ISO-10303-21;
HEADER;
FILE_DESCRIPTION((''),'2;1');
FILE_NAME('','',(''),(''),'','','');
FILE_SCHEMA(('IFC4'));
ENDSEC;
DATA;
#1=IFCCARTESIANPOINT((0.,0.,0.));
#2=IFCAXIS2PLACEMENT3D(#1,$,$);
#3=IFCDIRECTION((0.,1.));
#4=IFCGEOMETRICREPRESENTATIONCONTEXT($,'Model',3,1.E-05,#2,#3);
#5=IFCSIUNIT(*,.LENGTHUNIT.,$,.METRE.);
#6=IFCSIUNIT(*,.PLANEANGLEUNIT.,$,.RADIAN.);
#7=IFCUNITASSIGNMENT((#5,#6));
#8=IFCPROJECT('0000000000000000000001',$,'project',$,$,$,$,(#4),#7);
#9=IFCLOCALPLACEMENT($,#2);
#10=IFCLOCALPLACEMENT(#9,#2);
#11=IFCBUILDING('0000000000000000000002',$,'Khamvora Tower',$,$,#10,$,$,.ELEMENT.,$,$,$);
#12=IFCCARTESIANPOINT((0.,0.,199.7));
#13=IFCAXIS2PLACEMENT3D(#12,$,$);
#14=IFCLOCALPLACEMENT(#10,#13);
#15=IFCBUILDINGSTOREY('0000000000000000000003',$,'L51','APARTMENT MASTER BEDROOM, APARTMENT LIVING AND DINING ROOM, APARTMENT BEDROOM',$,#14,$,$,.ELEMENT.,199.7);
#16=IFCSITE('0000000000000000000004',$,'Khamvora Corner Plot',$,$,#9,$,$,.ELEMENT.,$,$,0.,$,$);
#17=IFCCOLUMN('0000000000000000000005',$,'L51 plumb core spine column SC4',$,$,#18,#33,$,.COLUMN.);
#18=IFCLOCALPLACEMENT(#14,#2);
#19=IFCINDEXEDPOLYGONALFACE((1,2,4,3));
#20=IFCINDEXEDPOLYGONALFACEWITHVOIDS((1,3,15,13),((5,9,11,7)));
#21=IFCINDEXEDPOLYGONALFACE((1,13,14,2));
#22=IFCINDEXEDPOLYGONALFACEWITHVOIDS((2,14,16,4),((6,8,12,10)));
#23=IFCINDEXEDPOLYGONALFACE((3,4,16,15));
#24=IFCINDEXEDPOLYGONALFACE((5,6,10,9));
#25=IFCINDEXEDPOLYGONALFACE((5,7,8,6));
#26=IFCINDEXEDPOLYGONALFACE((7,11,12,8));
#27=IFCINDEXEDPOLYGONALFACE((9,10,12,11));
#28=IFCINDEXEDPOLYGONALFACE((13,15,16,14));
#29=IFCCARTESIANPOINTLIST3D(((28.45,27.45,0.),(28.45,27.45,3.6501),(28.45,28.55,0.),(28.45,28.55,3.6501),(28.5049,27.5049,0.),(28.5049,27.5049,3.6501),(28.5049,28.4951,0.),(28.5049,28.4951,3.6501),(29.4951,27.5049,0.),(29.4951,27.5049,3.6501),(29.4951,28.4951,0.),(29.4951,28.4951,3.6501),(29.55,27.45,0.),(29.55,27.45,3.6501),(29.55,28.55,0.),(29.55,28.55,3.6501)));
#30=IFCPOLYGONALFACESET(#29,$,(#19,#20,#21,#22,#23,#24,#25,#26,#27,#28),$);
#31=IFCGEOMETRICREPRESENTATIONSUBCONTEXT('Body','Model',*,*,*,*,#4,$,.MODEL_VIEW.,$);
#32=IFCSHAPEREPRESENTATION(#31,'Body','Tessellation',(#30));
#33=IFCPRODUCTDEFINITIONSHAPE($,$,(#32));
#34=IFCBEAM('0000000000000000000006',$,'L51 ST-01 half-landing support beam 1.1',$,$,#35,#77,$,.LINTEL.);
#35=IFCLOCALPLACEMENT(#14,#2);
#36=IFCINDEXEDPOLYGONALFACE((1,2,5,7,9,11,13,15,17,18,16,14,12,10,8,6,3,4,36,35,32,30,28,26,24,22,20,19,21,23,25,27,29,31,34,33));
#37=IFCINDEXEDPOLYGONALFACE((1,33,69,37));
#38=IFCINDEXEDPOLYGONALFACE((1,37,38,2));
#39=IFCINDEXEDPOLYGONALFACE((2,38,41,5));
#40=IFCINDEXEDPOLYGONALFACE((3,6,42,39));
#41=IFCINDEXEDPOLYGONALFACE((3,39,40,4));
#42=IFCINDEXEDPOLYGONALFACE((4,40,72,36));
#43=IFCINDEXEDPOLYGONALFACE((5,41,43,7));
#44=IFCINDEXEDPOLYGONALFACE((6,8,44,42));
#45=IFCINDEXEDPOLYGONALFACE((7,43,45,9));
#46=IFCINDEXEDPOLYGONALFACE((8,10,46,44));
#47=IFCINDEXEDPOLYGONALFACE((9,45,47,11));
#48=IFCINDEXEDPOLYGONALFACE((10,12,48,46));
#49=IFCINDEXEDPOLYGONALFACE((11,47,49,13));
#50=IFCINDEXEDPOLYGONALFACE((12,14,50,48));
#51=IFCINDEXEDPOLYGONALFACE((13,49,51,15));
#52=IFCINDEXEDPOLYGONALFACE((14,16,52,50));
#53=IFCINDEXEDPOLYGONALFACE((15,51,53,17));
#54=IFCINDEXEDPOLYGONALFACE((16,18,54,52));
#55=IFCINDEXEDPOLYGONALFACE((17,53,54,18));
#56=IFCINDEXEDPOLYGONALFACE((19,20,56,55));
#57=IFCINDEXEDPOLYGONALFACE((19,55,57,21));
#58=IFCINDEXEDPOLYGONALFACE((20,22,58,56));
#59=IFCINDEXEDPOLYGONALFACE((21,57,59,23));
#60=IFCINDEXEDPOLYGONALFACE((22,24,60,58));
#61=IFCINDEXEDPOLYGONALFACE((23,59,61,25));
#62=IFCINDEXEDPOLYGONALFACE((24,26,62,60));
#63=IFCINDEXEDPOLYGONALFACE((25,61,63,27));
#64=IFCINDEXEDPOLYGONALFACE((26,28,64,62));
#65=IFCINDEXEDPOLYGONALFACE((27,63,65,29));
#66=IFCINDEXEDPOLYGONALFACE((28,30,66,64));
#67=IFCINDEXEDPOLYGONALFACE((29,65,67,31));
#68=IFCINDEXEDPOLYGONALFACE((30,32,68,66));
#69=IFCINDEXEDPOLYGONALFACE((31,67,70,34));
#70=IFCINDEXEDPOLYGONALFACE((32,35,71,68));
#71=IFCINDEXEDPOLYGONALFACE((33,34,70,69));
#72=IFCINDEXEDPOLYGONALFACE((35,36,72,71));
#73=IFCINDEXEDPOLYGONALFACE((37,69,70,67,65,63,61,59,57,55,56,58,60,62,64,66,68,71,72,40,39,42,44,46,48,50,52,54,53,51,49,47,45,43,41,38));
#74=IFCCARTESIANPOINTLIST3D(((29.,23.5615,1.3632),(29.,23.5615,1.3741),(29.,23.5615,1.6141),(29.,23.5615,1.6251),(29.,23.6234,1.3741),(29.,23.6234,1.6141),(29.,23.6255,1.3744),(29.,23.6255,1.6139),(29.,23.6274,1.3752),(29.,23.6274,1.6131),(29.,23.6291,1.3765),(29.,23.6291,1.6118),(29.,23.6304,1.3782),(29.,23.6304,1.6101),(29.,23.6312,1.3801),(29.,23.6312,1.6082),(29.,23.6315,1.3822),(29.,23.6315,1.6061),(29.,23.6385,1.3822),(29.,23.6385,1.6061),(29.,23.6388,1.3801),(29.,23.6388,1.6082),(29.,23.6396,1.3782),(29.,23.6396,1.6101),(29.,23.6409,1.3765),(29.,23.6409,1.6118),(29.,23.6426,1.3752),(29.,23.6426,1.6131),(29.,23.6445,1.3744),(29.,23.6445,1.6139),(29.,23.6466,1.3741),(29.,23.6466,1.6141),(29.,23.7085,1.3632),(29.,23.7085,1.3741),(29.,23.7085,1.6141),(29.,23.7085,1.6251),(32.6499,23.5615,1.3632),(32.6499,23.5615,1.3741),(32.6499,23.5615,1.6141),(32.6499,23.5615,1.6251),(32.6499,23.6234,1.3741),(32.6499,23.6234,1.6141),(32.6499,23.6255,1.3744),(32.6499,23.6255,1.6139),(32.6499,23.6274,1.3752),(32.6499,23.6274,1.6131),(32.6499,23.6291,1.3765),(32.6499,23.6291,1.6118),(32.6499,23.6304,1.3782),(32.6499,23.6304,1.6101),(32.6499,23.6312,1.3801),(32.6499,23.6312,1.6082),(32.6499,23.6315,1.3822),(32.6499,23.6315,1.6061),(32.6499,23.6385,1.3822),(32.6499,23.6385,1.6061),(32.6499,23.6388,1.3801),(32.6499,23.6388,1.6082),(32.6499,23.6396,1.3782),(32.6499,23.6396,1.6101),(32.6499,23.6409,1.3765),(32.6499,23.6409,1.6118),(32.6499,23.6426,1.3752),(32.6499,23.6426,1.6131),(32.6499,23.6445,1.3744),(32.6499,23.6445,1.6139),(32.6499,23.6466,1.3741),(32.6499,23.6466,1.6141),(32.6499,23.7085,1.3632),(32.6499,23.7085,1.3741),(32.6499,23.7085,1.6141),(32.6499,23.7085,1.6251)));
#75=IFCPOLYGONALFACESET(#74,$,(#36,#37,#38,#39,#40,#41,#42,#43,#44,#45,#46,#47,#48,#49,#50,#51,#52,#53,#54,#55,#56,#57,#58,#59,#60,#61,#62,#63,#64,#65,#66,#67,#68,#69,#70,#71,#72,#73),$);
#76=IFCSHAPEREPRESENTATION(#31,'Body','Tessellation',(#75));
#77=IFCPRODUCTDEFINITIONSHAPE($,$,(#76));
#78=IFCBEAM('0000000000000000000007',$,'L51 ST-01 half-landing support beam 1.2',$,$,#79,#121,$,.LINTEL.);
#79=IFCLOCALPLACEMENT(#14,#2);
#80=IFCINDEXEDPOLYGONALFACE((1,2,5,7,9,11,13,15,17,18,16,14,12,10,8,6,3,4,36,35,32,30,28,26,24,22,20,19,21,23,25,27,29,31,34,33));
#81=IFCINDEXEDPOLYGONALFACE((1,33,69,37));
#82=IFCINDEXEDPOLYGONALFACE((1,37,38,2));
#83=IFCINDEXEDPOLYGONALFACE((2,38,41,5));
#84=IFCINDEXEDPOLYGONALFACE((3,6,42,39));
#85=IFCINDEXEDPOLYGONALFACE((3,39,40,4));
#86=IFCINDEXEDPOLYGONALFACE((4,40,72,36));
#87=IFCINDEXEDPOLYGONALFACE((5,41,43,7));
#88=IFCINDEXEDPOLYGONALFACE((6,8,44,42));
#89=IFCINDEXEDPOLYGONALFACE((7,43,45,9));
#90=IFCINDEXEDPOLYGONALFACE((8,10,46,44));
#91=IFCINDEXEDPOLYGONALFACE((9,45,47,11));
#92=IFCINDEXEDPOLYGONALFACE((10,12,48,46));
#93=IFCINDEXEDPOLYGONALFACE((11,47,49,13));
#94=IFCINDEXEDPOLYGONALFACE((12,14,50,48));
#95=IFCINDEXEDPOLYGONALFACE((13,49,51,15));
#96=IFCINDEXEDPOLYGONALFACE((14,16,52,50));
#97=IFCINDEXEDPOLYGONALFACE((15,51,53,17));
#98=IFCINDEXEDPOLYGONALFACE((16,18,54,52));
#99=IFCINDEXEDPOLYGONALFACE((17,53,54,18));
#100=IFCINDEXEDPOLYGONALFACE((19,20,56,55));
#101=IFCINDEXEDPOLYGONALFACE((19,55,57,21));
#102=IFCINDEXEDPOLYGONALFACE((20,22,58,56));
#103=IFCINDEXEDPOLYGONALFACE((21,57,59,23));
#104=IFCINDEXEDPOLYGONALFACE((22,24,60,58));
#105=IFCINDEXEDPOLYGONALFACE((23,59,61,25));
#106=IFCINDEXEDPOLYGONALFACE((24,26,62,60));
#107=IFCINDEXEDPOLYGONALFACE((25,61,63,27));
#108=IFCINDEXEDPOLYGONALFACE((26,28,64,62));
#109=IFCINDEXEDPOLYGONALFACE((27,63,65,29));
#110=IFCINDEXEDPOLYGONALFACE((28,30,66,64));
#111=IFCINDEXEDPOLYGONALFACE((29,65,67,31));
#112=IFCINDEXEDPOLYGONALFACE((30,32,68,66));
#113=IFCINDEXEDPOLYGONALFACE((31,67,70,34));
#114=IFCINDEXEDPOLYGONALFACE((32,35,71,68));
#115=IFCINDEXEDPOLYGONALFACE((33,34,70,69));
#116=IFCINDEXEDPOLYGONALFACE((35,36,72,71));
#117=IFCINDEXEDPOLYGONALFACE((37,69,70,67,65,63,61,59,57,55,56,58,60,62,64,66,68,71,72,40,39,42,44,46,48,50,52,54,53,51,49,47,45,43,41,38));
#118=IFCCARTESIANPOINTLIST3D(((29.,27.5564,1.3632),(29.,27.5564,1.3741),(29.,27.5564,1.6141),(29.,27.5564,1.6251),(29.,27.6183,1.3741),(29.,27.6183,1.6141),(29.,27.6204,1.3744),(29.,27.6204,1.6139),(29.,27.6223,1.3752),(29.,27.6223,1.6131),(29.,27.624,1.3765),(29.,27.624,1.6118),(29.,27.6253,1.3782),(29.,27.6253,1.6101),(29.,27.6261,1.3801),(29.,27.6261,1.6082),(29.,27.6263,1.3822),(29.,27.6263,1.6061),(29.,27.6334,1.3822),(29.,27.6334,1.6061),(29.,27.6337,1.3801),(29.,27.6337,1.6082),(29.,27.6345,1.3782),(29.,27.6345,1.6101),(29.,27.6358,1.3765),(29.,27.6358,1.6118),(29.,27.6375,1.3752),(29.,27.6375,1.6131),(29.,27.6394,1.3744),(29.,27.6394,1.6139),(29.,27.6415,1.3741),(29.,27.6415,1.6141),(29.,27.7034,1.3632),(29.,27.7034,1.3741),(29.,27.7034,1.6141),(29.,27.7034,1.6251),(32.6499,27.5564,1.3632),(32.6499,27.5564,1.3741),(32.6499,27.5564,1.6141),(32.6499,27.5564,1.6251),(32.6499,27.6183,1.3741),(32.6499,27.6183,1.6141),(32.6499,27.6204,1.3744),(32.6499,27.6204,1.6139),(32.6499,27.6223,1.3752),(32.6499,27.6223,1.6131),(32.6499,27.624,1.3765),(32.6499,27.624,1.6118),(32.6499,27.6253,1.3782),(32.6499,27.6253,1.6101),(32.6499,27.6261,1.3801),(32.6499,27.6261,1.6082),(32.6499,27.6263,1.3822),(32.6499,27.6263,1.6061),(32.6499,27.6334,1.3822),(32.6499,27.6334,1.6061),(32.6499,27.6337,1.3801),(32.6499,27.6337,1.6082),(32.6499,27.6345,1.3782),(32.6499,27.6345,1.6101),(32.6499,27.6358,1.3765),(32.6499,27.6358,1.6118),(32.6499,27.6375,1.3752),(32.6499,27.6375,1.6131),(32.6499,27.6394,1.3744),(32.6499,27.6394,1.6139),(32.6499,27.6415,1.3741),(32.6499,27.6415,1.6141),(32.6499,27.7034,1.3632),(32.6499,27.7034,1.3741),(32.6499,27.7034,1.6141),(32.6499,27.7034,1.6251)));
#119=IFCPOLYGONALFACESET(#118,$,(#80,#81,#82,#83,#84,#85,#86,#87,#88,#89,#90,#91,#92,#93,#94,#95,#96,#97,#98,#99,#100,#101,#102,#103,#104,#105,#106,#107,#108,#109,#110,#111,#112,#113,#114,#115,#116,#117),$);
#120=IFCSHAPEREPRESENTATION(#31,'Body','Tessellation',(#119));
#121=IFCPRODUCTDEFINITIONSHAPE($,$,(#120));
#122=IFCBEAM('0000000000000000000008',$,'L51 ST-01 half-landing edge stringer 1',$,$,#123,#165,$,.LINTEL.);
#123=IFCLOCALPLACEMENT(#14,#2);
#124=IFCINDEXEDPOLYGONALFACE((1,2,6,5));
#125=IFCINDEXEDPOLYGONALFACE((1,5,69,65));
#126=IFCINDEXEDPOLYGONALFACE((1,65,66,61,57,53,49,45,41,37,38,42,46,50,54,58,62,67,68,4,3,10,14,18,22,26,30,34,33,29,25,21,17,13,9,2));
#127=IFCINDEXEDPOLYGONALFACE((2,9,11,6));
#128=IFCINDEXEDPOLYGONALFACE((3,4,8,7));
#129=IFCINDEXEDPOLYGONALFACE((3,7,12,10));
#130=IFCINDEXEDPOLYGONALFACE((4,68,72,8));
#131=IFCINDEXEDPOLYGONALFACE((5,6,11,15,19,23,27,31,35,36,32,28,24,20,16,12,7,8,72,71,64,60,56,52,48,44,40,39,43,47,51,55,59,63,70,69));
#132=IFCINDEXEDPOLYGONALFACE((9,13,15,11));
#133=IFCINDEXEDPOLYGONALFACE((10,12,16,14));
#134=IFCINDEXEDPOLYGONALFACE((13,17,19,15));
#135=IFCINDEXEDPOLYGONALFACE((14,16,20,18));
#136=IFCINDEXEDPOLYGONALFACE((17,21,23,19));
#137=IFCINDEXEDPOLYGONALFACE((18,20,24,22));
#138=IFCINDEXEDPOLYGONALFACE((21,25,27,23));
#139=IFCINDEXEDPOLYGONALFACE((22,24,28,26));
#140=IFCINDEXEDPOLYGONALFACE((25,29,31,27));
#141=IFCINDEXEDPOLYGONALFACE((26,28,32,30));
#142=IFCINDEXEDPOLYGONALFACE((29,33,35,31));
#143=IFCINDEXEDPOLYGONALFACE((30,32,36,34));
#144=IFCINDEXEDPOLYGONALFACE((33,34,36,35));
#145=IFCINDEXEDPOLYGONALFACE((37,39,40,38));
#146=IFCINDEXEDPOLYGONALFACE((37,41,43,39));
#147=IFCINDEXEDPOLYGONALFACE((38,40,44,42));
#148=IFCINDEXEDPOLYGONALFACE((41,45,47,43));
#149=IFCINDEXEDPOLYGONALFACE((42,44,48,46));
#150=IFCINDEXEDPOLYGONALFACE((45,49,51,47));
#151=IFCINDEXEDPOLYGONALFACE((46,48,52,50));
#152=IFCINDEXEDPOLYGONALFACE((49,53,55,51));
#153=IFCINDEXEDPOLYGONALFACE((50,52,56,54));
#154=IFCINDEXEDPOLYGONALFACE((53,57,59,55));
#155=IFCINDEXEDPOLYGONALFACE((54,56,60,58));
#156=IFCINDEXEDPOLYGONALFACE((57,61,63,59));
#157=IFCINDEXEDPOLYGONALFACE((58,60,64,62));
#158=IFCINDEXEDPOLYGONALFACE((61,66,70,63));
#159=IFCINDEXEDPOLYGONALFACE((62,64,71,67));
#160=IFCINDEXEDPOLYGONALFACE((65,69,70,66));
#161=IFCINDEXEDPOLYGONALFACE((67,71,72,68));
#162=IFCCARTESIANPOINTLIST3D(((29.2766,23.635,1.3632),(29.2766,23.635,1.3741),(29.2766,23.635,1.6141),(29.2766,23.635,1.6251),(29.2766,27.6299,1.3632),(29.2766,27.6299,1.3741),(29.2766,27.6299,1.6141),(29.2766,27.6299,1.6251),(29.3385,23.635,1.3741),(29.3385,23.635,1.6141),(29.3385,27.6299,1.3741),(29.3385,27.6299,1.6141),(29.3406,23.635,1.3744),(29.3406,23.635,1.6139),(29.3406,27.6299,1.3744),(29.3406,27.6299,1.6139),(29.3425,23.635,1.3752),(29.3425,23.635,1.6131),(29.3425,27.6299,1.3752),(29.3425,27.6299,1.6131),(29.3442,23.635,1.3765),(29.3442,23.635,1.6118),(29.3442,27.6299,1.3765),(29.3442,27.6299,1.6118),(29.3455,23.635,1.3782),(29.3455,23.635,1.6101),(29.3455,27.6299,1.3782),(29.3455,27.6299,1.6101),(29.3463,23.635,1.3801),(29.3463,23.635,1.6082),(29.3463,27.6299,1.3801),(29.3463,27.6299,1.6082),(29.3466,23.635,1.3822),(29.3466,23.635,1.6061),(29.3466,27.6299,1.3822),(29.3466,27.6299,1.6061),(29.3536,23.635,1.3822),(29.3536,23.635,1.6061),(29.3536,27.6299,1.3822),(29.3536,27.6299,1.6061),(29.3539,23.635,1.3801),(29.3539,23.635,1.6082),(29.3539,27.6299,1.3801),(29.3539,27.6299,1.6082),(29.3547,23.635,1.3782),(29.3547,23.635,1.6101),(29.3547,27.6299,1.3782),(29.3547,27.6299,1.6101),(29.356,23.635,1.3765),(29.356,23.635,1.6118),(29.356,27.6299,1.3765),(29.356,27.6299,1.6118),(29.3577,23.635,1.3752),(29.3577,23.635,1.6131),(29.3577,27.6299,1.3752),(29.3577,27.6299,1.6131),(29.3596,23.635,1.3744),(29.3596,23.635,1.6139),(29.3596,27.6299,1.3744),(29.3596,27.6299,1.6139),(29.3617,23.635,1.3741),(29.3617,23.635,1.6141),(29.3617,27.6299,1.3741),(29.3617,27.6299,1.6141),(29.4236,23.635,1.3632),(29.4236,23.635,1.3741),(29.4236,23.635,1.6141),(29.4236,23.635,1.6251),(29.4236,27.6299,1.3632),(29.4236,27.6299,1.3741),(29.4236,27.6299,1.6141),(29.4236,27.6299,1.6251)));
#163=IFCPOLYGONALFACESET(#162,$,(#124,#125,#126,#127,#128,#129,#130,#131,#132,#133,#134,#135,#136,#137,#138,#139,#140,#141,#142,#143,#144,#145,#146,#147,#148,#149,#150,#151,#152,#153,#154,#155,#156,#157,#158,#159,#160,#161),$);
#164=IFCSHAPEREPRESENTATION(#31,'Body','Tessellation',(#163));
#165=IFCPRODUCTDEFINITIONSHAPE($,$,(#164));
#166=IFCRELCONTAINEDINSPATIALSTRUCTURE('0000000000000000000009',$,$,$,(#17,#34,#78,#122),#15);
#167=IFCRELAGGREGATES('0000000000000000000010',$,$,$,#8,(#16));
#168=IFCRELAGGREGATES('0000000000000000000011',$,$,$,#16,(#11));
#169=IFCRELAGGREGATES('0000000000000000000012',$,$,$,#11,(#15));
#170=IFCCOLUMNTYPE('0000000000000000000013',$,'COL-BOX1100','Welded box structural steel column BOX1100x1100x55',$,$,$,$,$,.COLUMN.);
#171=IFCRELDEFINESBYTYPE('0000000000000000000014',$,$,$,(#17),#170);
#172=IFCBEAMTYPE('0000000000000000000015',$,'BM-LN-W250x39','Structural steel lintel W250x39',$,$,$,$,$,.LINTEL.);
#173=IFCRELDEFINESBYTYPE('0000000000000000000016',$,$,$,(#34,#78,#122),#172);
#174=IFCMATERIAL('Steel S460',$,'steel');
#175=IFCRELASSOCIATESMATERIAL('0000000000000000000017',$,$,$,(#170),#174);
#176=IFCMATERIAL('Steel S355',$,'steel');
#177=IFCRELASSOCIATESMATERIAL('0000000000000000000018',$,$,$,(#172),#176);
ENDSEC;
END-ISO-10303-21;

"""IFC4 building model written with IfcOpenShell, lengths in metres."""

from ifc_helpers import new_model, si_unit, direction, frame, origin, origin_2d, place, context, subcontext, project, spatial, hollow_rectangle, i_section, extrude, material, material_profile, profile_set, type_object, element, save


model = new_model("IFC4")

# Units and contexts
model_context = context("Model", 3, precision=1e-05, world=origin(), true_north=direction((0.0, 1.0)))
body_context = subcontext(model_context, "Body", "Model", "MODEL_VIEW")
ifc_project = project(units=[si_unit("LENGTHUNIT", "METRE"), si_unit("PLANEANGLEUNIT", "RADIAN")], contexts=[model_context])

# Site, building, storey
site_placement = place(None, origin())
site = spatial("IfcSite", under=ifc_project, at=site_placement, Name="Khamvora Corner Plot", CompositionType="ELEMENT", RefElevation=0.0)
building_placement = place(site_placement, origin())
building = spatial("IfcBuilding", under=site, at=building_placement, Name="Khamvora Tower", CompositionType="ELEMENT")
storey_placement = place(building_placement, frame((0.0, 0.0, 199.7)))
storey = spatial("IfcBuildingStorey", under=building, at=storey_placement, Name="L51", Description="APARTMENT MASTER BEDROOM, APARTMENT LIVING AND DINING ROOM, APARTMENT BEDROOM", CompositionType="ELEMENT", Elevation=199.7)

# Column
ifc_material_1 = material(Name="Steel S460", Category="steel")
ifc_material_profile_1 = material_profile(ifc_material_1, hollow_rectangle(XDim=1.1001, YDim=1.1001, WallThickness=0.0549, at=origin_2d()), Name="BOX1100x1100x55")
ifc_profile_set_1 = profile_set([ifc_material_profile_1], Name="Steel S460")
column_type = type_object("IfcColumnType", Name="COL-BOX1100", Description="Welded box structural steel column BOX1100x1100x55", PredefinedType="COLUMN", material=ifc_profile_set_1)
column_placement = place(storey_placement, frame((29.0, 28.0, 0.0), z_axis=(0.0, 0.0, 1.0), x_axis=(1.0, 0.0, 0.0)))
element("IfcColumn", 1, at=column_placement, inside=storey, type_object=column_type, Name="L51 plumb core spine column SC4", PredefinedType="COLUMN", context=body_context, shape_type="SweptSolid", body=[
    extrude(hollow_rectangle(XDim=1.1001, YDim=1.1001, WallThickness=0.0549, at=origin_2d()), origin(), (0.0, 0.0, 1.0), 3.6501),
])

# Beams
ifc_material_2 = material(Name="Steel S355", Category="steel")
ifc_material_profile_2 = material_profile(ifc_material_2, i_section(OverallWidth=0.147, OverallDepth=0.262, WebThickness=0.0071, FlangeThickness=0.011, FilletRadius=0.0081, at=origin_2d()), Name="W250x39")
ifc_profile_set_2 = profile_set([ifc_material_profile_2], Name="Steel S355")
beam_type_1 = type_object("IfcBeamType", Name="BM-LN-W250x39", Description="Structural steel lintel W250x39", PredefinedType="LINTEL", material=ifc_profile_set_2)
for number, where, z_axis, x_axis, name in (
    (2, (29.0, 23.635, 1.4941), (1.0, 0.0, 0.0), (0.0, 1.0, 0.0), "L51 ST-01 half-landing support beam 1.1"),
    (3, (29.0, 27.6299, 1.4941), (1.0, 0.0, 0.0), (0.0, 1.0, 0.0), "L51 ST-01 half-landing support beam 1.2"),
):
    element("IfcBeam", number, at=place(storey_placement, frame(where, z_axis=z_axis, x_axis=x_axis)), inside=storey, type_object=beam_type_1, Name=name, PredefinedType="LINTEL", context=body_context, shape_type="SweptSolid", body=[
        extrude(i_section(OverallWidth=0.147, OverallDepth=0.262, WebThickness=0.0071, FlangeThickness=0.011, FilletRadius=0.0081, at=origin_2d()), origin(), (0.0, 0.0, 1.0), 3.6499),
    ])
beam_1_placement = place(storey_placement, frame((29.3501, 23.635, 1.4941), z_axis=(0.0, 1.0, 0.0), x_axis=(-1.0, 0.0, 0.0)))
element("IfcBeam", 4, at=beam_1_placement, inside=storey, type_object=beam_type_1, Name="L51 ST-01 half-landing edge stringer 1", PredefinedType="LINTEL", context=body_context, shape_type="SweptSolid", body=[
    extrude(i_section(OverallWidth=0.147, OverallDepth=0.262, WebThickness=0.0071, FlangeThickness=0.011, FilletRadius=0.0081, at=origin_2d()), origin(), (0.0, 0.0, 1.0), 3.9949),
])

save(model, "model.ifc")
